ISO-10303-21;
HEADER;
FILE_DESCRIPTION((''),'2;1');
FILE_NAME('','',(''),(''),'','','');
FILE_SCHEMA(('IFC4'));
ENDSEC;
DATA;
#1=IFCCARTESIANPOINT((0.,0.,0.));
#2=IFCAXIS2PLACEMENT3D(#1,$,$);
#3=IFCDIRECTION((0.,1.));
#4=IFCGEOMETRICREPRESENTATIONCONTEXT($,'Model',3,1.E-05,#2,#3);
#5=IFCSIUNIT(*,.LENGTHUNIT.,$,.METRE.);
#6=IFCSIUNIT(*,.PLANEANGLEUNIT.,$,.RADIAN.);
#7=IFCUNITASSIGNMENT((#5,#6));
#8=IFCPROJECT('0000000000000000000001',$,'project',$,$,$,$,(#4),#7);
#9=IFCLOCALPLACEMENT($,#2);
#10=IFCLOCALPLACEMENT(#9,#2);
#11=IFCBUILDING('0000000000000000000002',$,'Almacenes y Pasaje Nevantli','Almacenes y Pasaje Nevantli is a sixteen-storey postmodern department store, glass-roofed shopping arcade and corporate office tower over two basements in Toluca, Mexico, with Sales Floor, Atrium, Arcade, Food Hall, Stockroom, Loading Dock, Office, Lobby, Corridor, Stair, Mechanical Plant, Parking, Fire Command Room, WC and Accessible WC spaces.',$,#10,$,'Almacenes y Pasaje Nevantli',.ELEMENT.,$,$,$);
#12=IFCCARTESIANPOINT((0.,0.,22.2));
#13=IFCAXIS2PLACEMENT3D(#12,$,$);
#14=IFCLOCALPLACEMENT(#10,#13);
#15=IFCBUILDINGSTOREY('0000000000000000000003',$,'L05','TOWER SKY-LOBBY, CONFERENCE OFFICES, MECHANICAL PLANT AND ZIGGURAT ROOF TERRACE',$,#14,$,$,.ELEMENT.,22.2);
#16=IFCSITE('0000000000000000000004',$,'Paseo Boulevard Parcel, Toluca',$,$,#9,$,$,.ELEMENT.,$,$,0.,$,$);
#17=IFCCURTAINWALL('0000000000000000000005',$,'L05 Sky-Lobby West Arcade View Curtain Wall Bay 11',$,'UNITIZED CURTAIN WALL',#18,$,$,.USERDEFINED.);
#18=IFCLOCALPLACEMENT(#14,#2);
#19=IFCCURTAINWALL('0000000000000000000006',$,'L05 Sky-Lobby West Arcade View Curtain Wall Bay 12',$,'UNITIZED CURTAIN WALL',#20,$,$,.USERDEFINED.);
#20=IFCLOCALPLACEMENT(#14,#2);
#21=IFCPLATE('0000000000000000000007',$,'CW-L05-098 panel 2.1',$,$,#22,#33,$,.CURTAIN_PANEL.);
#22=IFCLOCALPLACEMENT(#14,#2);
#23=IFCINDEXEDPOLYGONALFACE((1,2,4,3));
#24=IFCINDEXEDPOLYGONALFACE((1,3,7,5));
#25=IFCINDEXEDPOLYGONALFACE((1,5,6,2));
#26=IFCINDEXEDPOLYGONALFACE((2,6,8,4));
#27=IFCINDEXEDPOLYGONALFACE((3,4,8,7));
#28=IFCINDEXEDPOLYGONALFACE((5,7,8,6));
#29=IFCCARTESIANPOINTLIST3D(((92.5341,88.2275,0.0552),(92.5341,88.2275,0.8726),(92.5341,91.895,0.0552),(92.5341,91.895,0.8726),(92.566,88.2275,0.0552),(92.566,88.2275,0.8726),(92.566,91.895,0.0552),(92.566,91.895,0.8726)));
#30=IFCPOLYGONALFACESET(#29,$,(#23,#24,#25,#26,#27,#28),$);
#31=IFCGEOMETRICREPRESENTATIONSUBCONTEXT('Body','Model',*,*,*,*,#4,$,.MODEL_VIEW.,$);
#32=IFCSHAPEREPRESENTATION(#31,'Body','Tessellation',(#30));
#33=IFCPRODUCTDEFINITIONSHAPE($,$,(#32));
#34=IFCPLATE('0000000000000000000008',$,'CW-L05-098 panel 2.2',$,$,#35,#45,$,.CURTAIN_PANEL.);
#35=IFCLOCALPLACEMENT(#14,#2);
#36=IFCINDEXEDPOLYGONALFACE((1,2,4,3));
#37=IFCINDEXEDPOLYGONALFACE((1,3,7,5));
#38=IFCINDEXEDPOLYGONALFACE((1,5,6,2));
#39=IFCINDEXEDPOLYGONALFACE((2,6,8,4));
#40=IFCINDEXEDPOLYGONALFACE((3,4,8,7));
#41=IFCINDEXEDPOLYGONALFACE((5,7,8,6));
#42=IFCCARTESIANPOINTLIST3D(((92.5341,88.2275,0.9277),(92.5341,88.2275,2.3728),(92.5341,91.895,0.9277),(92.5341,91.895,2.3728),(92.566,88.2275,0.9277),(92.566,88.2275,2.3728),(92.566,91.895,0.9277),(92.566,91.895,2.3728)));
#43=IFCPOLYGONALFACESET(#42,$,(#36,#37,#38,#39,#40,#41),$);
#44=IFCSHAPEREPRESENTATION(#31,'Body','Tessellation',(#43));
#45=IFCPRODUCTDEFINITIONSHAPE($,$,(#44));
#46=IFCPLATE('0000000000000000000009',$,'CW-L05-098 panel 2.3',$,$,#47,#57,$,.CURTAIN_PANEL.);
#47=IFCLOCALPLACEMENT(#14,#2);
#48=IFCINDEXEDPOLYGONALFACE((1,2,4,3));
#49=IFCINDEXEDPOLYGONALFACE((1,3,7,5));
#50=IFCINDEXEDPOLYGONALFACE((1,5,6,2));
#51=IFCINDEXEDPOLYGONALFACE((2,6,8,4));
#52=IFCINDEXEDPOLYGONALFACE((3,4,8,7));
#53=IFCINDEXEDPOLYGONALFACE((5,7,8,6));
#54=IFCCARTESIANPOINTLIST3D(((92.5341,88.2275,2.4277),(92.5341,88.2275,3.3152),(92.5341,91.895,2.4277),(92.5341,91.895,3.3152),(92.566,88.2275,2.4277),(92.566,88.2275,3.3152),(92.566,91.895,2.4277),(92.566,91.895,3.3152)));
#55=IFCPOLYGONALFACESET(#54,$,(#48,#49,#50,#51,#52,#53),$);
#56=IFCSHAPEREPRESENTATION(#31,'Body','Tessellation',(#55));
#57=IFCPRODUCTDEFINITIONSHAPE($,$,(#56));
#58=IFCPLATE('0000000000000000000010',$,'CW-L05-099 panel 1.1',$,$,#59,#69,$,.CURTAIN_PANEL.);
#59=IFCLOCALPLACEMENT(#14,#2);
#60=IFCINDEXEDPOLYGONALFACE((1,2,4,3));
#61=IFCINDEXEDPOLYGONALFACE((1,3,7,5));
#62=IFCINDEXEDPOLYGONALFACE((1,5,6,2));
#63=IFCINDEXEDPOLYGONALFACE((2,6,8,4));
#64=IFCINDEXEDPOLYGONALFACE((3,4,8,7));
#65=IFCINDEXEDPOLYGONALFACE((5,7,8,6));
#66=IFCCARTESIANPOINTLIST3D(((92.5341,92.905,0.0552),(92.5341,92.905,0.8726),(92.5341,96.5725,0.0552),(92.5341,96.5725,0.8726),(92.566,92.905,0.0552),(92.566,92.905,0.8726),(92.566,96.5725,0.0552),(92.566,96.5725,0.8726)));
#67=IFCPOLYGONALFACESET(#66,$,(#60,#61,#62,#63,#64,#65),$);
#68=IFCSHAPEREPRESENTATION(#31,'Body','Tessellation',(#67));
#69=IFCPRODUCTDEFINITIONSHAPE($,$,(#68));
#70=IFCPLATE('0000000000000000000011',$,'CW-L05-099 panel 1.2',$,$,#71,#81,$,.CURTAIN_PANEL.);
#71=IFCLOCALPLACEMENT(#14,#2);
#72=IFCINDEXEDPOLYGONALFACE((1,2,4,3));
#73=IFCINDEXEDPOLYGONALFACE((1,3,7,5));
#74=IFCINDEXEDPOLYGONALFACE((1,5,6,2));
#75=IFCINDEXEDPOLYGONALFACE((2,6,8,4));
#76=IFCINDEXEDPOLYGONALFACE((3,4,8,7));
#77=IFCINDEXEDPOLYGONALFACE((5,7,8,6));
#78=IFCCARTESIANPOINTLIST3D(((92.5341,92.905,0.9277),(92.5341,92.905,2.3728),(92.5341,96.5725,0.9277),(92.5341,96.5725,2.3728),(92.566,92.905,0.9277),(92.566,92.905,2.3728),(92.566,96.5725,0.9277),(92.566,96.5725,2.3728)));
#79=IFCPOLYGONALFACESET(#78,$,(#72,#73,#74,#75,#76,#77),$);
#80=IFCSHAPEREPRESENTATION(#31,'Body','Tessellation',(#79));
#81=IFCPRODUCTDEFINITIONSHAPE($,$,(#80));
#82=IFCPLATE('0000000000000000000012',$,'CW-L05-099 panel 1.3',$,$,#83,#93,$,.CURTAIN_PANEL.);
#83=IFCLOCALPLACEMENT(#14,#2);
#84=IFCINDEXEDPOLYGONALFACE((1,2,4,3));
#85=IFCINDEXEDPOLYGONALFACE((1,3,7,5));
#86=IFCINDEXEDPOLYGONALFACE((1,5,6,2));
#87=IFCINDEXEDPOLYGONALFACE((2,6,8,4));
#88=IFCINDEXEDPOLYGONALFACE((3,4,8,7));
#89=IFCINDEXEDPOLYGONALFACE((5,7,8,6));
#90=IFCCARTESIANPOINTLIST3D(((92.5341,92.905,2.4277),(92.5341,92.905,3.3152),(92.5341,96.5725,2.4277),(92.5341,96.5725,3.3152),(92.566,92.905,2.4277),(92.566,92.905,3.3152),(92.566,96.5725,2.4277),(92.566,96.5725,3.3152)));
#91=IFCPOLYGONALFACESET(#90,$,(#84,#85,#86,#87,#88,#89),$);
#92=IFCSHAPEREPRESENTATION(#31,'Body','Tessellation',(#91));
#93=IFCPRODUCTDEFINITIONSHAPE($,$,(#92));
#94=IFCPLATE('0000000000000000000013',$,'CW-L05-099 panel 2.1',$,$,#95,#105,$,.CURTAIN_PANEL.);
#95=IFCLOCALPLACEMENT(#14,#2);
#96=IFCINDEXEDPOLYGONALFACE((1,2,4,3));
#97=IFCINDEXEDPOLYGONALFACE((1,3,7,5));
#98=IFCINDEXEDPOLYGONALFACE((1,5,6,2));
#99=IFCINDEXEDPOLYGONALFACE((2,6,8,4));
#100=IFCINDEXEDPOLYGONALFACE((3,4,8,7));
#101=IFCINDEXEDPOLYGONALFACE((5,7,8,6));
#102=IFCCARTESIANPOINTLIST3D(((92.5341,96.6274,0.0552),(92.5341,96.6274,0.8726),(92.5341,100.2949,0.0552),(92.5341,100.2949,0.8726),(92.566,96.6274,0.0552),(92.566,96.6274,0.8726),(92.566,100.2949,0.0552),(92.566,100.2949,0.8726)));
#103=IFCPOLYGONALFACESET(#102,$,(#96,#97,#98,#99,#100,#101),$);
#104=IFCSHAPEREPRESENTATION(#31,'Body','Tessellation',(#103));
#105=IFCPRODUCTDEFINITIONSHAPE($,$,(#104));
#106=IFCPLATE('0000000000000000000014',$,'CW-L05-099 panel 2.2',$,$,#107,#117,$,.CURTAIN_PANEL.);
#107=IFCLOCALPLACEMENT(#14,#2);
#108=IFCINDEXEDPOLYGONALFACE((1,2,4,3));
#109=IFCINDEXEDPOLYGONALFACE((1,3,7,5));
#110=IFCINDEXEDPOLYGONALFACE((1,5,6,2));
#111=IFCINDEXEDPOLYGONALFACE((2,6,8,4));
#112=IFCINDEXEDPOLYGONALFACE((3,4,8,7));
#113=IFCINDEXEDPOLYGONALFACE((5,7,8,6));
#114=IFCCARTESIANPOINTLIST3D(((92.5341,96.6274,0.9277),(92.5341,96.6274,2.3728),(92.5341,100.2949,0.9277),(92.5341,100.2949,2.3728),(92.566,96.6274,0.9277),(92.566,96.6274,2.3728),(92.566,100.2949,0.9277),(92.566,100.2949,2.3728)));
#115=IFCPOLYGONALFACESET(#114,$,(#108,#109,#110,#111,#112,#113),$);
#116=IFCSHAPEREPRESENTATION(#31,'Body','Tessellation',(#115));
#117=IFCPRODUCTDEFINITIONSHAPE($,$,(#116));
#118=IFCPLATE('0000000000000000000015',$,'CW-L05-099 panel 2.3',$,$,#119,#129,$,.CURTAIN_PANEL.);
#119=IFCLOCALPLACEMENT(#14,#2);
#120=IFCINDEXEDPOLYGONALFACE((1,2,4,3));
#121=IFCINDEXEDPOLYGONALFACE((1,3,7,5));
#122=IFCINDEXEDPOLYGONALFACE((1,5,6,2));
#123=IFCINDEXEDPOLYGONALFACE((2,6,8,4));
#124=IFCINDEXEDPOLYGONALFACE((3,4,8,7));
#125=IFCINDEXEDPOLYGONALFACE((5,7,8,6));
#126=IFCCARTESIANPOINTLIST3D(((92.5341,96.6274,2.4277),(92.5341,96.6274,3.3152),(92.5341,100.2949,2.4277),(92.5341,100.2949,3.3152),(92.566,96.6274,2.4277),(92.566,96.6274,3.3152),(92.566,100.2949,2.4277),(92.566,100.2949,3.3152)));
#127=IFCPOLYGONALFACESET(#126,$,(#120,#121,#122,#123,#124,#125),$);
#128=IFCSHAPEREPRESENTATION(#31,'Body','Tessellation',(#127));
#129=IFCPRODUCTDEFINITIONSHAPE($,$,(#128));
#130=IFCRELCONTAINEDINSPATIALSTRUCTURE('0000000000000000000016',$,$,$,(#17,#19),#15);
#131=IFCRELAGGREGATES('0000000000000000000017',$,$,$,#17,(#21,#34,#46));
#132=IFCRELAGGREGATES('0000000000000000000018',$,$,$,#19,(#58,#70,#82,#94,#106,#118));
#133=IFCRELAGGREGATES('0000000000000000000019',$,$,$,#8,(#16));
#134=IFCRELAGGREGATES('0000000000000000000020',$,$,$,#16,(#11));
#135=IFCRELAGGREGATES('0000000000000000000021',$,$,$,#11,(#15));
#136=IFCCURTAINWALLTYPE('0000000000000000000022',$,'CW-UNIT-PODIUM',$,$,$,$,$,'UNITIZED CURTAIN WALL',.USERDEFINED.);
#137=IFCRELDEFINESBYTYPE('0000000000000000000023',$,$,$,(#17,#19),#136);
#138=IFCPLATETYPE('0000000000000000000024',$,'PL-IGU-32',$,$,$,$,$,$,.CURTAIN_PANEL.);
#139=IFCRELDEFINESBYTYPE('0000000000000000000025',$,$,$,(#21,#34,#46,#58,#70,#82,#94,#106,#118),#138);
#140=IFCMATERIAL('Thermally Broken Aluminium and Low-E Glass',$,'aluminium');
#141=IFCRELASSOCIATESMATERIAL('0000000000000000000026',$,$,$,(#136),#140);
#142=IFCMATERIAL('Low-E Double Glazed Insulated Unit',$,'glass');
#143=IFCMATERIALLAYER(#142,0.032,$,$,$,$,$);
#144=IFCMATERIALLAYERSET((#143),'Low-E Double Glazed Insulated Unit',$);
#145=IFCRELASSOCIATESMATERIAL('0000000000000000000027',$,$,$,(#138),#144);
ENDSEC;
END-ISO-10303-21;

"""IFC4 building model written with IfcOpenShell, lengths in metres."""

from ifc_helpers import new_model, si_unit, direction, frame, origin, origin_2d, place, context, subcontext, project, spatial, rectangle, extrude, material, layer, layer_set, type_object, element, aggregate, save


model = new_model("IFC4")

# Units and contexts
model_context = context("Model", 3, precision=1e-05, world=origin(), true_north=direction((0.0, 1.0)))
body_context = subcontext(model_context, "Body", "Model", "MODEL_VIEW")
ifc_project = project(units=[si_unit("LENGTHUNIT", "METRE"), si_unit("PLANEANGLEUNIT", "RADIAN")], contexts=[model_context])

# Site, building, storey
site_placement = place(None, origin())
site = spatial("IfcSite", under=ifc_project, at=site_placement, Name="Paseo Boulevard Parcel, Toluca", CompositionType="ELEMENT", RefElevation=0.0)
building_placement = place(site_placement, origin())
building = spatial("IfcBuilding", under=site, at=building_placement, Name="Almacenes y Pasaje Nevantli", Description="Almacenes y Pasaje Nevantli is a sixteen-storey postmodern department store, glass-roofed shopping arcade and corporate office tower over two basements in Toluca, Mexico, with Sales Floor, Atrium, Arcade, Food Hall, Stockroom, Loading Dock, Office, Lobby, Corridor, Stair, Mechanical Plant, Parking, Fire Command Room, WC and Accessible WC spaces.", LongName="Almacenes y Pasaje Nevantli", CompositionType="ELEMENT")
storey_placement = place(building_placement, frame((0.0, 0.0, 22.2)))
storey = spatial("IfcBuildingStorey", under=building, at=storey_placement, Name="L05", Description="TOWER SKY-LOBBY, CONFERENCE OFFICES, MECHANICAL PLANT AND ZIGGURAT ROOF TERRACE", CompositionType="ELEMENT", Elevation=22.2)

# Curtain walls
ifc_material_1 = material(Name="Thermally Broken Aluminium and Low-E Glass", Category="aluminium")
curtain_wall_type = type_object("IfcCurtainWallType", Name="CW-UNIT-PODIUM", ElementType="UNITIZED CURTAIN WALL", PredefinedType="USERDEFINED", material=ifc_material_1)
curtain_wall_1_placement = place(storey_placement, origin())
curtain_wall_1 = element("IfcCurtainWall", 1, at=curtain_wall_1_placement, inside=storey, type_object=curtain_wall_type, Name="L05 Sky-Lobby West Arcade View Curtain Wall Bay 11", ObjectType="UNITIZED CURTAIN WALL", PredefinedType="USERDEFINED")
curtain_wall_2_placement = place(storey_placement, origin())
curtain_wall_2 = element("IfcCurtainWall", 2, at=curtain_wall_2_placement, inside=storey, type_object=curtain_wall_type, Name="L05 Sky-Lobby West Arcade View Curtain Wall Bay 12", ObjectType="UNITIZED CURTAIN WALL", PredefinedType="USERDEFINED")

# Plates
ifc_material_2 = material(Name="Low-E Double Glazed Insulated Unit", Category="glass")
ifc_layer = layer(ifc_material_2, 0.032)
ifc_layer_set = layer_set([ifc_layer], Name="Low-E Double Glazed Insulated Unit")
plate_type = type_object("IfcPlateType", Name="PL-IGU-32", PredefinedType="CURTAIN_PANEL", material=ifc_layer_set)
plate_1_placement = place(storey_placement, frame((92.55, 90.0613, 0.0552), z_axis=(0.0, 0.0, 1.0), x_axis=(0.0, 1.0, 0.0)))
plate_1 = element("IfcPlate", 3, at=plate_1_placement, type_object=plate_type, Name="CW-L05-098 panel 2.1", PredefinedType="CURTAIN_PANEL", context=body_context, shape_type="SweptSolid", body=[
    extrude(rectangle(XDim=3.6675, YDim=0.032, at=origin_2d()), origin(), (0.0, 0.0, 1.0), 0.8174),
])
plate_2_placement = place(storey_placement, frame((92.55, 90.0613, 0.9277), z_axis=(0.0, 0.0, 1.0), x_axis=(0.0, 1.0, 0.0)))
plate_2 = element("IfcPlate", 4, at=plate_2_placement, type_object=plate_type, Name="CW-L05-098 panel 2.2", PredefinedType="CURTAIN_PANEL", context=body_context, shape_type="SweptSolid", body=[
    extrude(rectangle(XDim=3.6675, YDim=0.032, at=origin_2d()), origin(), (0.0, 0.0, 1.0), 1.4451),
])
plate_3_placement = place(storey_placement, frame((92.55, 90.0613, 2.4277), z_axis=(0.0, 0.0, 1.0), x_axis=(0.0, 1.0, 0.0)))
plate_3 = element("IfcPlate", 5, at=plate_3_placement, type_object=plate_type, Name="CW-L05-098 panel 2.3", PredefinedType="CURTAIN_PANEL", context=body_context, shape_type="SweptSolid", body=[
    extrude(rectangle(XDim=3.6675, YDim=0.032, at=origin_2d()), origin(), (0.0, 0.0, 1.0), 0.8875),
])
aggregate(curtain_wall_1, [plate_1, plate_2, plate_3])
plate_4_placement = place(storey_placement, frame((92.55, 94.7388, 0.0552), z_axis=(0.0, 0.0, 1.0), x_axis=(0.0, 1.0, 0.0)))
plate_4 = element("IfcPlate", 6, at=plate_4_placement, type_object=plate_type, Name="CW-L05-099 panel 1.1", PredefinedType="CURTAIN_PANEL", context=body_context, shape_type="SweptSolid", body=[
    extrude(rectangle(XDim=3.6675, YDim=0.032, at=origin_2d()), origin(), (0.0, 0.0, 1.0), 0.8174),
])
plate_5_placement = place(storey_placement, frame((92.55, 94.7388, 0.9277), z_axis=(0.0, 0.0, 1.0), x_axis=(0.0, 1.0, 0.0)))
plate_5 = element("IfcPlate", 7, at=plate_5_placement, type_object=plate_type, Name="CW-L05-099 panel 1.2", PredefinedType="CURTAIN_PANEL", context=body_context, shape_type="SweptSolid", body=[
    extrude(rectangle(XDim=3.6675, YDim=0.032, at=origin_2d()), origin(), (0.0, 0.0, 1.0), 1.4451),
])
plate_6_placement = place(storey_placement, frame((92.55, 94.7388, 2.4277), z_axis=(0.0, 0.0, 1.0), x_axis=(0.0, 1.0, 0.0)))
plate_6 = element("IfcPlate", 8, at=plate_6_placement, type_object=plate_type, Name="CW-L05-099 panel 1.3", PredefinedType="CURTAIN_PANEL", context=body_context, shape_type="SweptSolid", body=[
    extrude(rectangle(XDim=3.6675, YDim=0.032, at=origin_2d()), origin(), (0.0, 0.0, 1.0), 0.8875),
])
plate_7_placement = place(storey_placement, frame((92.55, 98.4612, 0.0552), z_axis=(0.0, 0.0, 1.0), x_axis=(0.0, 1.0, 0.0)))
plate_7 = element("IfcPlate", 9, at=plate_7_placement, type_object=plate_type, Name="CW-L05-099 panel 2.1", PredefinedType="CURTAIN_PANEL", context=body_context, shape_type="SweptSolid", body=[
    extrude(rectangle(XDim=3.6675, YDim=0.032, at=origin_2d()), origin(), (0.0, 0.0, 1.0), 0.8174),
])
plate_8_placement = place(storey_placement, frame((92.55, 98.4612, 0.9277), z_axis=(0.0, 0.0, 1.0), x_axis=(0.0, 1.0, 0.0)))
plate_8 = element("IfcPlate", 10, at=plate_8_placement, type_object=plate_type, Name="CW-L05-099 panel 2.2", PredefinedType="CURTAIN_PANEL", context=body_context, shape_type="SweptSolid", body=[
    extrude(rectangle(XDim=3.6675, YDim=0.032, at=origin_2d()), origin(), (0.0, 0.0, 1.0), 1.4451),
])
plate_9_placement = place(storey_placement, frame((92.55, 98.4612, 2.4277), z_axis=(0.0, 0.0, 1.0), x_axis=(0.0, 1.0, 0.0)))
plate_9 = element("IfcPlate", 11, at=plate_9_placement, type_object=plate_type, Name="CW-L05-099 panel 2.3", PredefinedType="CURTAIN_PANEL", context=body_context, shape_type="SweptSolid", body=[
    extrude(rectangle(XDim=3.6675, YDim=0.032, at=origin_2d()), origin(), (0.0, 0.0, 1.0), 0.8875),
])
aggregate(curtain_wall_2, [plate_4, plate_5, plate_6, plate_7, plate_8, plate_9])

save(model, "model.ifc")
